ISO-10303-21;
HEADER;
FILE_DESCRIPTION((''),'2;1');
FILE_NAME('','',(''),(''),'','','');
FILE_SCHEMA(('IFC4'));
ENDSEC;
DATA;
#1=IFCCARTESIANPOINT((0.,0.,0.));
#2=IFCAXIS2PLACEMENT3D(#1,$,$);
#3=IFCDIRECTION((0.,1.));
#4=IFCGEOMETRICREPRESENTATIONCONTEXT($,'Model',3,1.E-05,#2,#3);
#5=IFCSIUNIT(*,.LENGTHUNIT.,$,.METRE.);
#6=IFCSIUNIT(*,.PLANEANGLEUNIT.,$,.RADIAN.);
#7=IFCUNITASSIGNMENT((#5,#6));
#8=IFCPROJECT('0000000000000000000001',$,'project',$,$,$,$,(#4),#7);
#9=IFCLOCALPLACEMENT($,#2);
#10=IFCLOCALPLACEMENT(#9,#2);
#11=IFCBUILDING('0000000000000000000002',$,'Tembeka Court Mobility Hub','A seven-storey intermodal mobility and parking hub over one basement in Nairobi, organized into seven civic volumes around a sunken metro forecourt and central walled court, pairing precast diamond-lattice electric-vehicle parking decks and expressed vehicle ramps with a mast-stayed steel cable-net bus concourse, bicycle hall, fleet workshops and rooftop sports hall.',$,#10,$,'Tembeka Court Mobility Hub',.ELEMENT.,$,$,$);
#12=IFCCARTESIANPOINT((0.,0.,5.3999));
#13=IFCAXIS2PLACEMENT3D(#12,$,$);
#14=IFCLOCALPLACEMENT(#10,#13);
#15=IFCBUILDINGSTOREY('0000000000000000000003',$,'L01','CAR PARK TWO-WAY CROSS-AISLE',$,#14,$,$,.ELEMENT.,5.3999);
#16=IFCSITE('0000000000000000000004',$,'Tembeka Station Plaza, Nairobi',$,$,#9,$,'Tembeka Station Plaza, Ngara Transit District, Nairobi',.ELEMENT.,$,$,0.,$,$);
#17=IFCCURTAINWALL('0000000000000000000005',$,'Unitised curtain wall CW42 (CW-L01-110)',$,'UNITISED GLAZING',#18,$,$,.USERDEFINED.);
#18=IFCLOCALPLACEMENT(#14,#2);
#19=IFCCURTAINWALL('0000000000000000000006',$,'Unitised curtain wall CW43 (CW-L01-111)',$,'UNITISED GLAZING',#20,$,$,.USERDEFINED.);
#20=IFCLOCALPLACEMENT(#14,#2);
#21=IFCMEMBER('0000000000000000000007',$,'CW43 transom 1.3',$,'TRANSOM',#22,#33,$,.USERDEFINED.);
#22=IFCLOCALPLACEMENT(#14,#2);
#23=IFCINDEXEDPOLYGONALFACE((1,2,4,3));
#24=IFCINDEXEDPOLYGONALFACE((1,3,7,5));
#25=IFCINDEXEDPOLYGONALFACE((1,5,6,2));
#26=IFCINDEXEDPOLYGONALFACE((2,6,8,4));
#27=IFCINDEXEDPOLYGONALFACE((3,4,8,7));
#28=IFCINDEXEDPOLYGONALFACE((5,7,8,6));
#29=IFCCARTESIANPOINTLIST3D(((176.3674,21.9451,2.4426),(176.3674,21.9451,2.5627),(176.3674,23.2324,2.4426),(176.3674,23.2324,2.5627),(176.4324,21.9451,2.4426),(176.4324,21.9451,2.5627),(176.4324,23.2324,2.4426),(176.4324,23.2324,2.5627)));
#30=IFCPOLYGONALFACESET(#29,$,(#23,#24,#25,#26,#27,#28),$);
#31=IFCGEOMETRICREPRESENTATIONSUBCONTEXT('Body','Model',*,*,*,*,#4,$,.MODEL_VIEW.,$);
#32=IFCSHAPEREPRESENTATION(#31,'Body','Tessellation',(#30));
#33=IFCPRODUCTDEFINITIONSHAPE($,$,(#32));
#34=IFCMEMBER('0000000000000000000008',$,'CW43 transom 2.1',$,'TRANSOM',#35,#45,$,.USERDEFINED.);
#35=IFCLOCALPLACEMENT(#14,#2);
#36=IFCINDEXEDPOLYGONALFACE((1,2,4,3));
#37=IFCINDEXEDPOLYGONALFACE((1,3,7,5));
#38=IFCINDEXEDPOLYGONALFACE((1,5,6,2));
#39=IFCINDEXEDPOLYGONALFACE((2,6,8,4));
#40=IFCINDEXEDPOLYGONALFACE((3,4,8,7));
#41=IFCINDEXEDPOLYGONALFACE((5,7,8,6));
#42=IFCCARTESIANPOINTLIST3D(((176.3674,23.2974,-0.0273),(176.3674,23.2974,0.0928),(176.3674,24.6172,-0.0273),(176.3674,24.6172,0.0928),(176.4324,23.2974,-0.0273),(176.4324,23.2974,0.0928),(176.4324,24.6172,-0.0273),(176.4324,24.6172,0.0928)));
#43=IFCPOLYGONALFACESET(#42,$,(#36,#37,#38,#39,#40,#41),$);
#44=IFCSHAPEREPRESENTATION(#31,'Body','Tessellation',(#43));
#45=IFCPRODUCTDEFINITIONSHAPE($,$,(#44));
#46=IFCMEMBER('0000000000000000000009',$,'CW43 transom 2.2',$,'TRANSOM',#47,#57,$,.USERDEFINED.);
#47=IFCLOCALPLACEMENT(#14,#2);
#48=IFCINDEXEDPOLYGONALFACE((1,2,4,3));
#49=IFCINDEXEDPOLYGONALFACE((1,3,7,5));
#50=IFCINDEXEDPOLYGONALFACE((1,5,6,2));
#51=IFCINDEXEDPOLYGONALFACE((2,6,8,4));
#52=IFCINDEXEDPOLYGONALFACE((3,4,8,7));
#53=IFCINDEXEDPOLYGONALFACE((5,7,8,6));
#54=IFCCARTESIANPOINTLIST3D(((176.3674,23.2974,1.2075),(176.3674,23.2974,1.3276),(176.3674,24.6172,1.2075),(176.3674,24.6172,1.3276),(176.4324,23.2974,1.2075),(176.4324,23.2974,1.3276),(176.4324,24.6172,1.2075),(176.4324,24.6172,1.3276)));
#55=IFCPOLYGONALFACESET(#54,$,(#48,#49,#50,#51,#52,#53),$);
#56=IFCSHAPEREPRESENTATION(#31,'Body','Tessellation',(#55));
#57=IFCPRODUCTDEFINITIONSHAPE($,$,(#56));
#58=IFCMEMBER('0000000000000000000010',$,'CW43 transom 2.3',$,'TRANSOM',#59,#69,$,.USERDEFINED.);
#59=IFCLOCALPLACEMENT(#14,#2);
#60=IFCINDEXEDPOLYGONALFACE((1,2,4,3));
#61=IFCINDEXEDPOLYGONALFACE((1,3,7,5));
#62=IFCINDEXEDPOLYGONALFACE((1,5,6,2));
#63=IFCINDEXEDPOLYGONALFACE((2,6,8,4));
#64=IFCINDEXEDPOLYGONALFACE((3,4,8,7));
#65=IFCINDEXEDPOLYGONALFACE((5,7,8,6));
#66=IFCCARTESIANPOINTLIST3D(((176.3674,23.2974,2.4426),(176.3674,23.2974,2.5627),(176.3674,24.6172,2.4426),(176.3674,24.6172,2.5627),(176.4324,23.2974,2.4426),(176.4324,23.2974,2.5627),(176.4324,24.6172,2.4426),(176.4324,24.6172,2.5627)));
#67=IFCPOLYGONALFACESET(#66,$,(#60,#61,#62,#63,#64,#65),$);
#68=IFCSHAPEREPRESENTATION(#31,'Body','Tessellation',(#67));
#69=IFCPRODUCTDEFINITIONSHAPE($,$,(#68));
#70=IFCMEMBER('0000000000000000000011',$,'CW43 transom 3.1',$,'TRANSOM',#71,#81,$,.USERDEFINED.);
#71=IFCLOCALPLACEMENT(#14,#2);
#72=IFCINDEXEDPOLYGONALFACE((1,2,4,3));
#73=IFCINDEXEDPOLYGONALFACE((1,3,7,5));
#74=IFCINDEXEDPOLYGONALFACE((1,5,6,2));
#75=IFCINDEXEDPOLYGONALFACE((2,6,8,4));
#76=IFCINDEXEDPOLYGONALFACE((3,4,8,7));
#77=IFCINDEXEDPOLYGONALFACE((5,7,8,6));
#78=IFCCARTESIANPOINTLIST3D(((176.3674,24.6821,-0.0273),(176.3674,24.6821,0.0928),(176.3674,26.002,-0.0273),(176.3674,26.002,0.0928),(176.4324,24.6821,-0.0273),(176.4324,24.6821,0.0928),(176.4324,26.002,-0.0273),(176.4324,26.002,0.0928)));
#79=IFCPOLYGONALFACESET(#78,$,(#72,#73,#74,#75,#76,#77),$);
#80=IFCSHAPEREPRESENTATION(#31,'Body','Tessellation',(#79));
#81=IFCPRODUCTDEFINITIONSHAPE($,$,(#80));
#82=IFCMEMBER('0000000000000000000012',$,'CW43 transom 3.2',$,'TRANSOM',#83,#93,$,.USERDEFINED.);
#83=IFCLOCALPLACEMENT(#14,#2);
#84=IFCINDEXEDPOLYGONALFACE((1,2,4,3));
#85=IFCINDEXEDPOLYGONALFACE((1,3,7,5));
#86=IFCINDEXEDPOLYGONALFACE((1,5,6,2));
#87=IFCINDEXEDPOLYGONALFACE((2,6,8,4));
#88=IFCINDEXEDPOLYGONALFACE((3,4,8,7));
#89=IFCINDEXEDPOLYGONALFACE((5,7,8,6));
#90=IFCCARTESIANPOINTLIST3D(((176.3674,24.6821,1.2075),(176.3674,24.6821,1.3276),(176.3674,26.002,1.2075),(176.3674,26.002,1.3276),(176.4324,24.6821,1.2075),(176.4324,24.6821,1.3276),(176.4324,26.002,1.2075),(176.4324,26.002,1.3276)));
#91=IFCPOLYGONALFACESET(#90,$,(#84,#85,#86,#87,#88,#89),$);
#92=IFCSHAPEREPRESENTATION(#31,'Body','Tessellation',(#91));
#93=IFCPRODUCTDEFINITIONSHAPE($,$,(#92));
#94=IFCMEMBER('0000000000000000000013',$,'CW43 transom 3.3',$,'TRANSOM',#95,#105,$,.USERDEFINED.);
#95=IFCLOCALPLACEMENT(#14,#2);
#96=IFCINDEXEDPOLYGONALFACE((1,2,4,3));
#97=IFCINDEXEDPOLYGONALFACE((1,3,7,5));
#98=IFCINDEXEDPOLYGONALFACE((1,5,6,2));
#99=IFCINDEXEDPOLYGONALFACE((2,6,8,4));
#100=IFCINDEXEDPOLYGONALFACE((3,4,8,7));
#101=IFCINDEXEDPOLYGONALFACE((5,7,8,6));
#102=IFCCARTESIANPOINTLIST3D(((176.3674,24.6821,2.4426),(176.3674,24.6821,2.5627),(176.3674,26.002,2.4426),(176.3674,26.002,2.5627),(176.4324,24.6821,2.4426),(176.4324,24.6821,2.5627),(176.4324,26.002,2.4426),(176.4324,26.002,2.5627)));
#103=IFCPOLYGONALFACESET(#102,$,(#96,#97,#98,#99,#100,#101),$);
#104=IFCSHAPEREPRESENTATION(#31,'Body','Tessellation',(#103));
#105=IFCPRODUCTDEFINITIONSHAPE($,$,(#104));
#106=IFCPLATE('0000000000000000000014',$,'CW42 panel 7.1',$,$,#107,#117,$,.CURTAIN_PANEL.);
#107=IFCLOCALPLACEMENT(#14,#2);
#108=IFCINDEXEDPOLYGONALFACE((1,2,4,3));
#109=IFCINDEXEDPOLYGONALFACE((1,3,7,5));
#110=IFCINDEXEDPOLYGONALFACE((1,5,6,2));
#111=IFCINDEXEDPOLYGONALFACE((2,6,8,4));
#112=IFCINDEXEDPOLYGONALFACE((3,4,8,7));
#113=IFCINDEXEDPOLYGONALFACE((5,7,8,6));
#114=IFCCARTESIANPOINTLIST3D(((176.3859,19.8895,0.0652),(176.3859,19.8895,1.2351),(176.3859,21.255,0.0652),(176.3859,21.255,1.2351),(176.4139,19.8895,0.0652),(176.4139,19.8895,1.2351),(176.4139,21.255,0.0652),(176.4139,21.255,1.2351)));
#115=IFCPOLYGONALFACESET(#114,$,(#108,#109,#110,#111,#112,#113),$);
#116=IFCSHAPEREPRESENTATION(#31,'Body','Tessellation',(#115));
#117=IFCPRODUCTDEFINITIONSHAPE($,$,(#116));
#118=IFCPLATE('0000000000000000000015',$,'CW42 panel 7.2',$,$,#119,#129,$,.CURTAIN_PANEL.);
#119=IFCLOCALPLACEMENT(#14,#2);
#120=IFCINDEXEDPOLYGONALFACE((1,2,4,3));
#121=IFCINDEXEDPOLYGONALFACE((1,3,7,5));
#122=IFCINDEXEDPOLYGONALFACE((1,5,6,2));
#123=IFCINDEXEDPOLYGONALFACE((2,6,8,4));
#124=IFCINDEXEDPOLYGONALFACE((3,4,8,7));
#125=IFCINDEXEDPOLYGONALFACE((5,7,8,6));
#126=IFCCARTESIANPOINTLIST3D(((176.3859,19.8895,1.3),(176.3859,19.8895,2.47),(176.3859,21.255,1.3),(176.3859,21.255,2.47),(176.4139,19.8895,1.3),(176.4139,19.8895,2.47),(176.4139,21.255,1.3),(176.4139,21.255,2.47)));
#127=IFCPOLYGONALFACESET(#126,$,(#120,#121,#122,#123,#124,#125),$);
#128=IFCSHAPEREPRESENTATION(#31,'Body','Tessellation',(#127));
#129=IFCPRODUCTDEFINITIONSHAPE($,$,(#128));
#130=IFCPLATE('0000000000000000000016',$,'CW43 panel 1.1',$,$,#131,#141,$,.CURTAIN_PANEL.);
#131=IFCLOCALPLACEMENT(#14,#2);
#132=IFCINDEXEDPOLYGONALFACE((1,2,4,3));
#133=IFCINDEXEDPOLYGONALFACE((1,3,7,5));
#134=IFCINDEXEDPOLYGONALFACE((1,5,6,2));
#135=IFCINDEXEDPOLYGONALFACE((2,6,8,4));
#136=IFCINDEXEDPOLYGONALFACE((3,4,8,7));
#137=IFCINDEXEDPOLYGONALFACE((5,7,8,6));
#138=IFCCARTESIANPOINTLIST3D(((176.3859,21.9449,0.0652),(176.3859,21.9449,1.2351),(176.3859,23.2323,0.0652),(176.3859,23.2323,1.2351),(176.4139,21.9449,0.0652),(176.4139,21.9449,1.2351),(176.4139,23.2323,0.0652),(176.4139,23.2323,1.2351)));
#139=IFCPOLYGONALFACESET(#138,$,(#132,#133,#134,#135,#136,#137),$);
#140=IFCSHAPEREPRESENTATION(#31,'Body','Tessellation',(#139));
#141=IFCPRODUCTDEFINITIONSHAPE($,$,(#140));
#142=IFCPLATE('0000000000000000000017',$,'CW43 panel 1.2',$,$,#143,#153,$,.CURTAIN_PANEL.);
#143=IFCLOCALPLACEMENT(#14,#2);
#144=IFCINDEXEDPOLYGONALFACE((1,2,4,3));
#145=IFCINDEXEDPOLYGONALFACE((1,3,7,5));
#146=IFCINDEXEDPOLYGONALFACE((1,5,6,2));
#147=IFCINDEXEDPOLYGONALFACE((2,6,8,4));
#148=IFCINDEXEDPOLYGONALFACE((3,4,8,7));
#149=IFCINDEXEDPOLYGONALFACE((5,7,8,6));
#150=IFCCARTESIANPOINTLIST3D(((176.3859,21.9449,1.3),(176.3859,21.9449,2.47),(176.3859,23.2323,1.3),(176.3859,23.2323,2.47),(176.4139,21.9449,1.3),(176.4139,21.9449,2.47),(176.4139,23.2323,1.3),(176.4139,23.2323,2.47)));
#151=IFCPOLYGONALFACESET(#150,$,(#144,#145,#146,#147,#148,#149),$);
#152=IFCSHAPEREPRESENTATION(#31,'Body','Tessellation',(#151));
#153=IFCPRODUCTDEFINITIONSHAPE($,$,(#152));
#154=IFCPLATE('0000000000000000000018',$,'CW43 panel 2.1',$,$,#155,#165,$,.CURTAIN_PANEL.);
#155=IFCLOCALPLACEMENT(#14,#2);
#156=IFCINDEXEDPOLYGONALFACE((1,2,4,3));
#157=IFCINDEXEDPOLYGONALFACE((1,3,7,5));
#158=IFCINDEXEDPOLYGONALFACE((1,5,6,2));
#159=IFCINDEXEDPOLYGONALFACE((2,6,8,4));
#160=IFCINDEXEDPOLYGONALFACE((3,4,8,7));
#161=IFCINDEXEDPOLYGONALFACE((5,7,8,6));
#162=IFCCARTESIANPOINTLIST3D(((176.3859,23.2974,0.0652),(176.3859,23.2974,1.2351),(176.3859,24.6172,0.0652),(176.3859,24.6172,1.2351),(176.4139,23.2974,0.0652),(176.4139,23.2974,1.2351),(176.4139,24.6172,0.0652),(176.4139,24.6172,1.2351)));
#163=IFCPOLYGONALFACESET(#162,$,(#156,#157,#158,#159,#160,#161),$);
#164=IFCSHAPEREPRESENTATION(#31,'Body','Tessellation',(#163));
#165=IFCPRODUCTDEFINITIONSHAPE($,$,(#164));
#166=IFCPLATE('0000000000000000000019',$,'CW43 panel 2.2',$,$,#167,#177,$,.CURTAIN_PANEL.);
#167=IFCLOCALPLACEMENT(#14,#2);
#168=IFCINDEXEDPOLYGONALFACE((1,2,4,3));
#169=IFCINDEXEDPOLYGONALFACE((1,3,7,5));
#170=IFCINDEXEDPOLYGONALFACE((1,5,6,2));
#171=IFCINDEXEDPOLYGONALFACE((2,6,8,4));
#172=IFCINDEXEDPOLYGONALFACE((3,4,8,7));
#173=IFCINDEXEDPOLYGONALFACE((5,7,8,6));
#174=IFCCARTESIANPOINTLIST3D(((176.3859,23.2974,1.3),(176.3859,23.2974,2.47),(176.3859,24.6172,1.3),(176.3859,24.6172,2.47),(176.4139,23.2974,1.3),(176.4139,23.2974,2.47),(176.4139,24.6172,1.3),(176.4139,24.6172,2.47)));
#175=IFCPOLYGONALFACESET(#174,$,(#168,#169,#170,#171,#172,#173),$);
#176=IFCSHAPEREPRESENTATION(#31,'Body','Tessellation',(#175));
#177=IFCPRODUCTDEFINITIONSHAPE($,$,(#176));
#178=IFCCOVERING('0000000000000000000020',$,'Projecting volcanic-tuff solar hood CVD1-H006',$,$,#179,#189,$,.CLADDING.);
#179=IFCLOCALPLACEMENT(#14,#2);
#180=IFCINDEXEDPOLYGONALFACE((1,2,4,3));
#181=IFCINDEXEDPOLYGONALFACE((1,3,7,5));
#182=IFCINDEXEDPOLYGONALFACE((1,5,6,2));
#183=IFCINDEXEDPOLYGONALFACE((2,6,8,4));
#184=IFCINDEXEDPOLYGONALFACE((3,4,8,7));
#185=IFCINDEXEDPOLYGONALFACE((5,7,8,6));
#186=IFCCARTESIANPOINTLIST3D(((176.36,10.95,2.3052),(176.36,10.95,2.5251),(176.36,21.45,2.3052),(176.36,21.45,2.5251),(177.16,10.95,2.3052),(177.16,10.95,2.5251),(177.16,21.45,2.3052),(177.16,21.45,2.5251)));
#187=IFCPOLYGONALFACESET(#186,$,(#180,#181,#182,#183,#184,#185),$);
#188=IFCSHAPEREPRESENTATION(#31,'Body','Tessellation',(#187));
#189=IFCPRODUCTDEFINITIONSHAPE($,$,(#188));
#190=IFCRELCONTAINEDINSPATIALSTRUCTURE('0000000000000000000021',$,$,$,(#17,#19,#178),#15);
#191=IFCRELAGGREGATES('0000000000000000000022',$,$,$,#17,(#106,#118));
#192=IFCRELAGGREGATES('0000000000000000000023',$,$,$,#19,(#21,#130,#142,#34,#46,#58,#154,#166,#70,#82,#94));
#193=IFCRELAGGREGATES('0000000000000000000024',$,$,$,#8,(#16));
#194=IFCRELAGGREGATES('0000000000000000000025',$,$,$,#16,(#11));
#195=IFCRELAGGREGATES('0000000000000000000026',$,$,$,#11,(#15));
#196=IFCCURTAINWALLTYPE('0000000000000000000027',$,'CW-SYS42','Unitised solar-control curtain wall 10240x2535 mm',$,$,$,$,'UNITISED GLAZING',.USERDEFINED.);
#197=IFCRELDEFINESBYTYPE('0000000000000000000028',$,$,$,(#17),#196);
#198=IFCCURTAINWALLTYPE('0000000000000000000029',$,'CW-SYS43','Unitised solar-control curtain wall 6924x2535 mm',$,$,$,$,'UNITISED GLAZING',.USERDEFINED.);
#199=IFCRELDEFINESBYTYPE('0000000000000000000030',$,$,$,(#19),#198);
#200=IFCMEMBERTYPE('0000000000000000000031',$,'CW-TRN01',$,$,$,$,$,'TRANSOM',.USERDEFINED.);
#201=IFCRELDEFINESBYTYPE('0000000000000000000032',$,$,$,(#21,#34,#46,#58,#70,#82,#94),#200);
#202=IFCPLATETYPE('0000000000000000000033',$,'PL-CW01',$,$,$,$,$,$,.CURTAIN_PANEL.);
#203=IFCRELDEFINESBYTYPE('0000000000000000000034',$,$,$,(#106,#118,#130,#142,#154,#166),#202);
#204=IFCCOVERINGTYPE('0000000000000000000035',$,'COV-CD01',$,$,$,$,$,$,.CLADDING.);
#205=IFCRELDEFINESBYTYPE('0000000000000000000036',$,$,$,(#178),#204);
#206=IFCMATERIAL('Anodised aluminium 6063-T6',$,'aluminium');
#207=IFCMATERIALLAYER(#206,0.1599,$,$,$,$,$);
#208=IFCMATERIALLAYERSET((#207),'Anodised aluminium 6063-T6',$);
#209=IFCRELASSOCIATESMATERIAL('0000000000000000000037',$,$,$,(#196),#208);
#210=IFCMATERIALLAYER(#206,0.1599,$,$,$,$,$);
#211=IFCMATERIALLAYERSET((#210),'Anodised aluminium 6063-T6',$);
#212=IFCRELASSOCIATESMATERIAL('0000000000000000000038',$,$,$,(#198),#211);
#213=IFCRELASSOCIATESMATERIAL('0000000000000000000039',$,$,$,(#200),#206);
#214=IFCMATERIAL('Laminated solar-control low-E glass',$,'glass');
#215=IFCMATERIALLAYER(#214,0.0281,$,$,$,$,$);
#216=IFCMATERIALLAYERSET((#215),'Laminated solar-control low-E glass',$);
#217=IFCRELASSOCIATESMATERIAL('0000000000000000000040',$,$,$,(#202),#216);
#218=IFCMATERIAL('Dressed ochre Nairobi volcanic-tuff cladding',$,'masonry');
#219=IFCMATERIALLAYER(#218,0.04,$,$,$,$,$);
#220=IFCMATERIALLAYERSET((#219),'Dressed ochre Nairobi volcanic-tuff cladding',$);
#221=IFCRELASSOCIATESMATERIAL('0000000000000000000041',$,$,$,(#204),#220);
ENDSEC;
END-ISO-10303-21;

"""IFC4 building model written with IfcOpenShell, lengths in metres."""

from ifc_helpers import new_model, si_unit, direction, frame, origin, origin_2d, place, context, subcontext, project, spatial, rectangle, extrude, material, layer, layer_set, material_profile, profile_set, type_object, element, aggregate, save


model = new_model("IFC4")

# Units and contexts
model_context = context("Model", 3, precision=1e-05, world=origin(), true_north=direction((0.0, 1.0)))
body_context = subcontext(model_context, "Body", "Model", "MODEL_VIEW")
ifc_project = project(units=[si_unit("LENGTHUNIT", "METRE"), si_unit("PLANEANGLEUNIT", "RADIAN")], contexts=[model_context])

# Site, building, storey
site_placement = place(None, origin())
site = spatial("IfcSite", under=ifc_project, at=site_placement, Name="Tembeka Station Plaza, Nairobi", LongName="Tembeka Station Plaza, Ngara Transit District, Nairobi", CompositionType="ELEMENT", RefElevation=0.0)
building_placement = place(site_placement, origin())
building = spatial("IfcBuilding", under=site, at=building_placement, Name="Tembeka Court Mobility Hub", Description="A seven-storey intermodal mobility and parking hub over one basement in Nairobi, organized into seven civic volumes around a sunken metro forecourt and central walled court, pairing precast diamond-lattice electric-vehicle parking decks and expressed vehicle ramps with a mast-stayed steel cable-net bus concourse, bicycle hall, fleet workshops and rooftop sports hall.", LongName="Tembeka Court Mobility Hub", CompositionType="ELEMENT")
storey_placement = place(building_placement, frame((0.0, 0.0, 5.3999)))
storey = spatial("IfcBuildingStorey", under=building, at=storey_placement, Name="L01", Description="CAR PARK TWO-WAY CROSS-AISLE", CompositionType="ELEMENT", Elevation=5.3999)

# Curtain wall
ifc_material_1 = material(Name="Anodised aluminium 6063-T6", Category="aluminium")
ifc_layer_1 = layer(ifc_material_1, 0.1599)
ifc_layer_set_1 = layer_set([ifc_layer_1], Name="Anodised aluminium 6063-T6")
curtain_wall_type_1 = type_object("IfcCurtainWallType", Name="CW-SYS42", Description="Unitised solar-control curtain wall 10240x2535 mm", ElementType="UNITISED GLAZING", PredefinedType="USERDEFINED", material=ifc_layer_set_1)
curtain_wall_1_placement = place(storey_placement, origin())
curtain_wall_1 = element("IfcCurtainWall", 1, at=curtain_wall_1_placement, inside=storey, type_object=curtain_wall_type_1, Name="Unitised curtain wall CW42 (CW-L01-110)", ObjectType="UNITISED GLAZING", PredefinedType="USERDEFINED")

# Curtain wall
ifc_layer_2 = layer(ifc_material_1, 0.1599)
ifc_layer_set_2 = layer_set([ifc_layer_2], Name="Anodised aluminium 6063-T6")
curtain_wall_type_2 = type_object("IfcCurtainWallType", Name="CW-SYS43", Description="Unitised solar-control curtain wall 6924x2535 mm", ElementType="UNITISED GLAZING", PredefinedType="USERDEFINED", material=ifc_layer_set_2)
curtain_wall_2_placement = place(storey_placement, origin())
curtain_wall_2 = element("IfcCurtainWall", 2, at=curtain_wall_2_placement, inside=storey, type_object=curtain_wall_type_2, Name="Unitised curtain wall CW43 (CW-L01-111)", ObjectType="UNITISED GLAZING", PredefinedType="USERDEFINED")

# Members
ifc_material_profile_1 = material_profile(ifc_material_1, rectangle(XDim=0.0649, YDim=0.1201, at=origin_2d()), Name="ALU-TRN 65x120")
ifc_profile_set_1 = profile_set([ifc_material_profile_1], Name="Anodised aluminium 6063-T6")
member_type_1 = type_object("IfcMemberType", Name="CW-TRN01", ElementType="TRANSOM", PredefinedType="USERDEFINED", material=ifc_profile_set_1)
member_1_placement = place(storey_placement, frame((176.3999, 21.9451, 2.5027), z_axis=(0.0, 1.0, 0.0), x_axis=(-1.0, 0.0, 0.0)))
member_1 = element("IfcMember", 3, at=member_1_placement, type_object=member_type_1, Name="CW43 transom 1.3", ObjectType="TRANSOM", PredefinedType="USERDEFINED", context=body_context, shape_type="SweptSolid", body=[
    extrude(rectangle(XDim=0.0649, YDim=0.1201, at=origin_2d()), origin(), (0.0, 0.0, 1.0), 1.2874),
])
member_2_placement = place(storey_placement, frame((176.3999, 23.2974, 0.0327), z_axis=(0.0, 1.0, 0.0), x_axis=(-1.0, 0.0, 0.0)))
member_2 = element("IfcMember", 4, at=member_2_placement, type_object=member_type_1, Name="CW43 transom 2.1", ObjectType="TRANSOM", PredefinedType="USERDEFINED", context=body_context, shape_type="SweptSolid", body=[
    extrude(rectangle(XDim=0.0649, YDim=0.1201, at=origin_2d()), origin(), (0.0, 0.0, 1.0), 1.3198),
])
member_3_placement = place(storey_placement, frame((176.3999, 23.2974, 1.2676), z_axis=(0.0, 1.0, 0.0), x_axis=(-1.0, 0.0, 0.0)))
member_3 = element("IfcMember", 5, at=member_3_placement, type_object=member_type_1, Name="CW43 transom 2.2", ObjectType="TRANSOM", PredefinedType="USERDEFINED", context=body_context, shape_type="SweptSolid", body=[
    extrude(rectangle(XDim=0.0649, YDim=0.1201, at=origin_2d()), origin(), (0.0, 0.0, 1.0), 1.3198),
])
member_4_placement = place(storey_placement, frame((176.3999, 23.2974, 2.5027), z_axis=(0.0, 1.0, 0.0), x_axis=(-1.0, 0.0, 0.0)))
member_4 = element("IfcMember", 6, at=member_4_placement, type_object=member_type_1, Name="CW43 transom 2.3", ObjectType="TRANSOM", PredefinedType="USERDEFINED", context=body_context, shape_type="SweptSolid", body=[
    extrude(rectangle(XDim=0.0649, YDim=0.1201, at=origin_2d()), origin(), (0.0, 0.0, 1.0), 1.3198),
])
member_5_placement = place(storey_placement, frame((176.3999, 24.6821, 0.0327), z_axis=(0.0, 1.0, 0.0), x_axis=(-1.0, 0.0, 0.0)))
member_5 = element("IfcMember", 7, at=member_5_placement, type_object=member_type_1, Name="CW43 transom 3.1", ObjectType="TRANSOM", PredefinedType="USERDEFINED", context=body_context, shape_type="SweptSolid", body=[
    extrude(rectangle(XDim=0.0649, YDim=0.1201, at=origin_2d()), origin(), (0.0, 0.0, 1.0), 1.3198),
])
member_6_placement = place(storey_placement, frame((176.3999, 24.6821, 1.2676), z_axis=(0.0, 1.0, 0.0), x_axis=(-1.0, 0.0, 0.0)))
member_6 = element("IfcMember", 8, at=member_6_placement, type_object=member_type_1, Name="CW43 transom 3.2", ObjectType="TRANSOM", PredefinedType="USERDEFINED", context=body_context, shape_type="SweptSolid", body=[
    extrude(rectangle(XDim=0.0649, YDim=0.1201, at=origin_2d()), origin(), (0.0, 0.0, 1.0), 1.3198),
])
member_7_placement = place(storey_placement, frame((176.3999, 24.6821, 2.5027), z_axis=(0.0, 1.0, 0.0), x_axis=(-1.0, 0.0, 0.0)))
member_7 = element("IfcMember", 9, at=member_7_placement, type_object=member_type_1, Name="CW43 transom 3.3", ObjectType="TRANSOM", PredefinedType="USERDEFINED", context=body_context, shape_type="SweptSolid", body=[
    extrude(rectangle(XDim=0.0649, YDim=0.1201, at=origin_2d()), origin(), (0.0, 0.0, 1.0), 1.3198),
])

# Plates
ifc_material_2 = material(Name="Laminated solar-control low-E glass", Category="glass")
ifc_layer_3 = layer(ifc_material_2, 0.0281)
ifc_layer_set_3 = layer_set([ifc_layer_3], Name="Laminated solar-control low-E glass")
plate_type = type_object("IfcPlateType", Name="PL-CW01", PredefinedType="CURTAIN_PANEL", material=ifc_layer_set_3)
plate_1_placement = place(storey_placement, frame((176.3999, 20.5723, 0.0652), z_axis=(0.0, 0.0, 1.0), x_axis=(0.0, 1.0, 0.0)))
plate_1 = element("IfcPlate", 10, at=plate_1_placement, type_object=plate_type, Name="CW42 panel 7.1", PredefinedType="CURTAIN_PANEL", context=body_context, shape_type="SweptSolid", body=[
    extrude(rectangle(XDim=1.3655, YDim=0.0281, at=origin_2d()), origin(), (0.0, 0.0, 1.0), 1.1699),
])
plate_2_placement = place(storey_placement, frame((176.3999, 20.5723, 1.3), z_axis=(0.0, 0.0, 1.0), x_axis=(0.0, 1.0, 0.0)))
plate_2 = element("IfcPlate", 11, at=plate_2_placement, type_object=plate_type, Name="CW42 panel 7.2", PredefinedType="CURTAIN_PANEL", context=body_context, shape_type="SweptSolid", body=[
    extrude(rectangle(XDim=1.3655, YDim=0.0281, at=origin_2d()), origin(), (0.0, 0.0, 1.0), 1.1699),
])
aggregate(curtain_wall_1, [plate_1, plate_2])
plate_3_placement = place(storey_placement, frame((176.3999, 22.5886, 0.0652), z_axis=(0.0, 0.0, 1.0), x_axis=(0.0, 1.0, 0.0)))
plate_3 = element("IfcPlate", 12, at=plate_3_placement, type_object=plate_type, Name="CW43 panel 1.1", PredefinedType="CURTAIN_PANEL", context=body_context, shape_type="SweptSolid", body=[
    extrude(rectangle(XDim=1.2874, YDim=0.0281, at=origin_2d()), origin(), (0.0, 0.0, 1.0), 1.1699),
])
plate_4_placement = place(storey_placement, frame((176.3999, 22.5886, 1.3), z_axis=(0.0, 0.0, 1.0), x_axis=(0.0, 1.0, 0.0)))
plate_4 = element("IfcPlate", 13, at=plate_4_placement, type_object=plate_type, Name="CW43 panel 1.2", PredefinedType="CURTAIN_PANEL", context=body_context, shape_type="SweptSolid", body=[
    extrude(rectangle(XDim=1.2874, YDim=0.0281, at=origin_2d()), origin(), (0.0, 0.0, 1.0), 1.1699),
])
plate_5_placement = place(storey_placement, frame((176.3999, 23.9573, 0.0652), z_axis=(0.0, 0.0, 1.0), x_axis=(0.0, 1.0, 0.0)))
plate_5 = element("IfcPlate", 14, at=plate_5_placement, type_object=plate_type, Name="CW43 panel 2.1", PredefinedType="CURTAIN_PANEL", context=body_context, shape_type="SweptSolid", body=[
    extrude(rectangle(XDim=1.3198, YDim=0.0281, at=origin_2d()), origin(), (0.0, 0.0, 1.0), 1.1699),
])
plate_6_placement = place(storey_placement, frame((176.3999, 23.9573, 1.3), z_axis=(0.0, 0.0, 1.0), x_axis=(0.0, 1.0, 0.0)))
plate_6 = element("IfcPlate", 15, at=plate_6_placement, type_object=plate_type, Name="CW43 panel 2.2", PredefinedType="CURTAIN_PANEL", context=body_context, shape_type="SweptSolid", body=[
    extrude(rectangle(XDim=1.3198, YDim=0.0281, at=origin_2d()), origin(), (0.0, 0.0, 1.0), 1.1699),
])
aggregate(curtain_wall_2, [member_1, plate_3, plate_4, member_2, member_3, member_4, plate_5, plate_6, member_5, member_6, member_7])

# Covering
ifc_material_3 = material(Name="Dressed ochre Nairobi volcanic-tuff cladding", Category="masonry")
ifc_layer_4 = layer(ifc_material_3, 0.04)
ifc_layer_set_4 = layer_set([ifc_layer_4], Name="Dressed ochre Nairobi volcanic-tuff cladding")
covering_type = type_object("IfcCoveringType", Name="COV-CD01", PredefinedType="CLADDING", material=ifc_layer_set_4)
covering_placement = place(storey_placement, frame((176.76, 16.2, 2.3052), z_axis=(0.0, 0.0, 1.0), x_axis=(0.0, 1.0, 0.0)))
element("IfcCovering", 16, at=covering_placement, inside=storey, type_object=covering_type, Name="Projecting volcanic-tuff solar hood CVD1-H006", PredefinedType="CLADDING", context=body_context, shape_type="SweptSolid", body=[
    extrude(rectangle(XDim=10.5, YDim=0.8, at=origin_2d()), origin(), (0.0, 0.0, 1.0), 0.22),
])

save(model, "model.ifc")
